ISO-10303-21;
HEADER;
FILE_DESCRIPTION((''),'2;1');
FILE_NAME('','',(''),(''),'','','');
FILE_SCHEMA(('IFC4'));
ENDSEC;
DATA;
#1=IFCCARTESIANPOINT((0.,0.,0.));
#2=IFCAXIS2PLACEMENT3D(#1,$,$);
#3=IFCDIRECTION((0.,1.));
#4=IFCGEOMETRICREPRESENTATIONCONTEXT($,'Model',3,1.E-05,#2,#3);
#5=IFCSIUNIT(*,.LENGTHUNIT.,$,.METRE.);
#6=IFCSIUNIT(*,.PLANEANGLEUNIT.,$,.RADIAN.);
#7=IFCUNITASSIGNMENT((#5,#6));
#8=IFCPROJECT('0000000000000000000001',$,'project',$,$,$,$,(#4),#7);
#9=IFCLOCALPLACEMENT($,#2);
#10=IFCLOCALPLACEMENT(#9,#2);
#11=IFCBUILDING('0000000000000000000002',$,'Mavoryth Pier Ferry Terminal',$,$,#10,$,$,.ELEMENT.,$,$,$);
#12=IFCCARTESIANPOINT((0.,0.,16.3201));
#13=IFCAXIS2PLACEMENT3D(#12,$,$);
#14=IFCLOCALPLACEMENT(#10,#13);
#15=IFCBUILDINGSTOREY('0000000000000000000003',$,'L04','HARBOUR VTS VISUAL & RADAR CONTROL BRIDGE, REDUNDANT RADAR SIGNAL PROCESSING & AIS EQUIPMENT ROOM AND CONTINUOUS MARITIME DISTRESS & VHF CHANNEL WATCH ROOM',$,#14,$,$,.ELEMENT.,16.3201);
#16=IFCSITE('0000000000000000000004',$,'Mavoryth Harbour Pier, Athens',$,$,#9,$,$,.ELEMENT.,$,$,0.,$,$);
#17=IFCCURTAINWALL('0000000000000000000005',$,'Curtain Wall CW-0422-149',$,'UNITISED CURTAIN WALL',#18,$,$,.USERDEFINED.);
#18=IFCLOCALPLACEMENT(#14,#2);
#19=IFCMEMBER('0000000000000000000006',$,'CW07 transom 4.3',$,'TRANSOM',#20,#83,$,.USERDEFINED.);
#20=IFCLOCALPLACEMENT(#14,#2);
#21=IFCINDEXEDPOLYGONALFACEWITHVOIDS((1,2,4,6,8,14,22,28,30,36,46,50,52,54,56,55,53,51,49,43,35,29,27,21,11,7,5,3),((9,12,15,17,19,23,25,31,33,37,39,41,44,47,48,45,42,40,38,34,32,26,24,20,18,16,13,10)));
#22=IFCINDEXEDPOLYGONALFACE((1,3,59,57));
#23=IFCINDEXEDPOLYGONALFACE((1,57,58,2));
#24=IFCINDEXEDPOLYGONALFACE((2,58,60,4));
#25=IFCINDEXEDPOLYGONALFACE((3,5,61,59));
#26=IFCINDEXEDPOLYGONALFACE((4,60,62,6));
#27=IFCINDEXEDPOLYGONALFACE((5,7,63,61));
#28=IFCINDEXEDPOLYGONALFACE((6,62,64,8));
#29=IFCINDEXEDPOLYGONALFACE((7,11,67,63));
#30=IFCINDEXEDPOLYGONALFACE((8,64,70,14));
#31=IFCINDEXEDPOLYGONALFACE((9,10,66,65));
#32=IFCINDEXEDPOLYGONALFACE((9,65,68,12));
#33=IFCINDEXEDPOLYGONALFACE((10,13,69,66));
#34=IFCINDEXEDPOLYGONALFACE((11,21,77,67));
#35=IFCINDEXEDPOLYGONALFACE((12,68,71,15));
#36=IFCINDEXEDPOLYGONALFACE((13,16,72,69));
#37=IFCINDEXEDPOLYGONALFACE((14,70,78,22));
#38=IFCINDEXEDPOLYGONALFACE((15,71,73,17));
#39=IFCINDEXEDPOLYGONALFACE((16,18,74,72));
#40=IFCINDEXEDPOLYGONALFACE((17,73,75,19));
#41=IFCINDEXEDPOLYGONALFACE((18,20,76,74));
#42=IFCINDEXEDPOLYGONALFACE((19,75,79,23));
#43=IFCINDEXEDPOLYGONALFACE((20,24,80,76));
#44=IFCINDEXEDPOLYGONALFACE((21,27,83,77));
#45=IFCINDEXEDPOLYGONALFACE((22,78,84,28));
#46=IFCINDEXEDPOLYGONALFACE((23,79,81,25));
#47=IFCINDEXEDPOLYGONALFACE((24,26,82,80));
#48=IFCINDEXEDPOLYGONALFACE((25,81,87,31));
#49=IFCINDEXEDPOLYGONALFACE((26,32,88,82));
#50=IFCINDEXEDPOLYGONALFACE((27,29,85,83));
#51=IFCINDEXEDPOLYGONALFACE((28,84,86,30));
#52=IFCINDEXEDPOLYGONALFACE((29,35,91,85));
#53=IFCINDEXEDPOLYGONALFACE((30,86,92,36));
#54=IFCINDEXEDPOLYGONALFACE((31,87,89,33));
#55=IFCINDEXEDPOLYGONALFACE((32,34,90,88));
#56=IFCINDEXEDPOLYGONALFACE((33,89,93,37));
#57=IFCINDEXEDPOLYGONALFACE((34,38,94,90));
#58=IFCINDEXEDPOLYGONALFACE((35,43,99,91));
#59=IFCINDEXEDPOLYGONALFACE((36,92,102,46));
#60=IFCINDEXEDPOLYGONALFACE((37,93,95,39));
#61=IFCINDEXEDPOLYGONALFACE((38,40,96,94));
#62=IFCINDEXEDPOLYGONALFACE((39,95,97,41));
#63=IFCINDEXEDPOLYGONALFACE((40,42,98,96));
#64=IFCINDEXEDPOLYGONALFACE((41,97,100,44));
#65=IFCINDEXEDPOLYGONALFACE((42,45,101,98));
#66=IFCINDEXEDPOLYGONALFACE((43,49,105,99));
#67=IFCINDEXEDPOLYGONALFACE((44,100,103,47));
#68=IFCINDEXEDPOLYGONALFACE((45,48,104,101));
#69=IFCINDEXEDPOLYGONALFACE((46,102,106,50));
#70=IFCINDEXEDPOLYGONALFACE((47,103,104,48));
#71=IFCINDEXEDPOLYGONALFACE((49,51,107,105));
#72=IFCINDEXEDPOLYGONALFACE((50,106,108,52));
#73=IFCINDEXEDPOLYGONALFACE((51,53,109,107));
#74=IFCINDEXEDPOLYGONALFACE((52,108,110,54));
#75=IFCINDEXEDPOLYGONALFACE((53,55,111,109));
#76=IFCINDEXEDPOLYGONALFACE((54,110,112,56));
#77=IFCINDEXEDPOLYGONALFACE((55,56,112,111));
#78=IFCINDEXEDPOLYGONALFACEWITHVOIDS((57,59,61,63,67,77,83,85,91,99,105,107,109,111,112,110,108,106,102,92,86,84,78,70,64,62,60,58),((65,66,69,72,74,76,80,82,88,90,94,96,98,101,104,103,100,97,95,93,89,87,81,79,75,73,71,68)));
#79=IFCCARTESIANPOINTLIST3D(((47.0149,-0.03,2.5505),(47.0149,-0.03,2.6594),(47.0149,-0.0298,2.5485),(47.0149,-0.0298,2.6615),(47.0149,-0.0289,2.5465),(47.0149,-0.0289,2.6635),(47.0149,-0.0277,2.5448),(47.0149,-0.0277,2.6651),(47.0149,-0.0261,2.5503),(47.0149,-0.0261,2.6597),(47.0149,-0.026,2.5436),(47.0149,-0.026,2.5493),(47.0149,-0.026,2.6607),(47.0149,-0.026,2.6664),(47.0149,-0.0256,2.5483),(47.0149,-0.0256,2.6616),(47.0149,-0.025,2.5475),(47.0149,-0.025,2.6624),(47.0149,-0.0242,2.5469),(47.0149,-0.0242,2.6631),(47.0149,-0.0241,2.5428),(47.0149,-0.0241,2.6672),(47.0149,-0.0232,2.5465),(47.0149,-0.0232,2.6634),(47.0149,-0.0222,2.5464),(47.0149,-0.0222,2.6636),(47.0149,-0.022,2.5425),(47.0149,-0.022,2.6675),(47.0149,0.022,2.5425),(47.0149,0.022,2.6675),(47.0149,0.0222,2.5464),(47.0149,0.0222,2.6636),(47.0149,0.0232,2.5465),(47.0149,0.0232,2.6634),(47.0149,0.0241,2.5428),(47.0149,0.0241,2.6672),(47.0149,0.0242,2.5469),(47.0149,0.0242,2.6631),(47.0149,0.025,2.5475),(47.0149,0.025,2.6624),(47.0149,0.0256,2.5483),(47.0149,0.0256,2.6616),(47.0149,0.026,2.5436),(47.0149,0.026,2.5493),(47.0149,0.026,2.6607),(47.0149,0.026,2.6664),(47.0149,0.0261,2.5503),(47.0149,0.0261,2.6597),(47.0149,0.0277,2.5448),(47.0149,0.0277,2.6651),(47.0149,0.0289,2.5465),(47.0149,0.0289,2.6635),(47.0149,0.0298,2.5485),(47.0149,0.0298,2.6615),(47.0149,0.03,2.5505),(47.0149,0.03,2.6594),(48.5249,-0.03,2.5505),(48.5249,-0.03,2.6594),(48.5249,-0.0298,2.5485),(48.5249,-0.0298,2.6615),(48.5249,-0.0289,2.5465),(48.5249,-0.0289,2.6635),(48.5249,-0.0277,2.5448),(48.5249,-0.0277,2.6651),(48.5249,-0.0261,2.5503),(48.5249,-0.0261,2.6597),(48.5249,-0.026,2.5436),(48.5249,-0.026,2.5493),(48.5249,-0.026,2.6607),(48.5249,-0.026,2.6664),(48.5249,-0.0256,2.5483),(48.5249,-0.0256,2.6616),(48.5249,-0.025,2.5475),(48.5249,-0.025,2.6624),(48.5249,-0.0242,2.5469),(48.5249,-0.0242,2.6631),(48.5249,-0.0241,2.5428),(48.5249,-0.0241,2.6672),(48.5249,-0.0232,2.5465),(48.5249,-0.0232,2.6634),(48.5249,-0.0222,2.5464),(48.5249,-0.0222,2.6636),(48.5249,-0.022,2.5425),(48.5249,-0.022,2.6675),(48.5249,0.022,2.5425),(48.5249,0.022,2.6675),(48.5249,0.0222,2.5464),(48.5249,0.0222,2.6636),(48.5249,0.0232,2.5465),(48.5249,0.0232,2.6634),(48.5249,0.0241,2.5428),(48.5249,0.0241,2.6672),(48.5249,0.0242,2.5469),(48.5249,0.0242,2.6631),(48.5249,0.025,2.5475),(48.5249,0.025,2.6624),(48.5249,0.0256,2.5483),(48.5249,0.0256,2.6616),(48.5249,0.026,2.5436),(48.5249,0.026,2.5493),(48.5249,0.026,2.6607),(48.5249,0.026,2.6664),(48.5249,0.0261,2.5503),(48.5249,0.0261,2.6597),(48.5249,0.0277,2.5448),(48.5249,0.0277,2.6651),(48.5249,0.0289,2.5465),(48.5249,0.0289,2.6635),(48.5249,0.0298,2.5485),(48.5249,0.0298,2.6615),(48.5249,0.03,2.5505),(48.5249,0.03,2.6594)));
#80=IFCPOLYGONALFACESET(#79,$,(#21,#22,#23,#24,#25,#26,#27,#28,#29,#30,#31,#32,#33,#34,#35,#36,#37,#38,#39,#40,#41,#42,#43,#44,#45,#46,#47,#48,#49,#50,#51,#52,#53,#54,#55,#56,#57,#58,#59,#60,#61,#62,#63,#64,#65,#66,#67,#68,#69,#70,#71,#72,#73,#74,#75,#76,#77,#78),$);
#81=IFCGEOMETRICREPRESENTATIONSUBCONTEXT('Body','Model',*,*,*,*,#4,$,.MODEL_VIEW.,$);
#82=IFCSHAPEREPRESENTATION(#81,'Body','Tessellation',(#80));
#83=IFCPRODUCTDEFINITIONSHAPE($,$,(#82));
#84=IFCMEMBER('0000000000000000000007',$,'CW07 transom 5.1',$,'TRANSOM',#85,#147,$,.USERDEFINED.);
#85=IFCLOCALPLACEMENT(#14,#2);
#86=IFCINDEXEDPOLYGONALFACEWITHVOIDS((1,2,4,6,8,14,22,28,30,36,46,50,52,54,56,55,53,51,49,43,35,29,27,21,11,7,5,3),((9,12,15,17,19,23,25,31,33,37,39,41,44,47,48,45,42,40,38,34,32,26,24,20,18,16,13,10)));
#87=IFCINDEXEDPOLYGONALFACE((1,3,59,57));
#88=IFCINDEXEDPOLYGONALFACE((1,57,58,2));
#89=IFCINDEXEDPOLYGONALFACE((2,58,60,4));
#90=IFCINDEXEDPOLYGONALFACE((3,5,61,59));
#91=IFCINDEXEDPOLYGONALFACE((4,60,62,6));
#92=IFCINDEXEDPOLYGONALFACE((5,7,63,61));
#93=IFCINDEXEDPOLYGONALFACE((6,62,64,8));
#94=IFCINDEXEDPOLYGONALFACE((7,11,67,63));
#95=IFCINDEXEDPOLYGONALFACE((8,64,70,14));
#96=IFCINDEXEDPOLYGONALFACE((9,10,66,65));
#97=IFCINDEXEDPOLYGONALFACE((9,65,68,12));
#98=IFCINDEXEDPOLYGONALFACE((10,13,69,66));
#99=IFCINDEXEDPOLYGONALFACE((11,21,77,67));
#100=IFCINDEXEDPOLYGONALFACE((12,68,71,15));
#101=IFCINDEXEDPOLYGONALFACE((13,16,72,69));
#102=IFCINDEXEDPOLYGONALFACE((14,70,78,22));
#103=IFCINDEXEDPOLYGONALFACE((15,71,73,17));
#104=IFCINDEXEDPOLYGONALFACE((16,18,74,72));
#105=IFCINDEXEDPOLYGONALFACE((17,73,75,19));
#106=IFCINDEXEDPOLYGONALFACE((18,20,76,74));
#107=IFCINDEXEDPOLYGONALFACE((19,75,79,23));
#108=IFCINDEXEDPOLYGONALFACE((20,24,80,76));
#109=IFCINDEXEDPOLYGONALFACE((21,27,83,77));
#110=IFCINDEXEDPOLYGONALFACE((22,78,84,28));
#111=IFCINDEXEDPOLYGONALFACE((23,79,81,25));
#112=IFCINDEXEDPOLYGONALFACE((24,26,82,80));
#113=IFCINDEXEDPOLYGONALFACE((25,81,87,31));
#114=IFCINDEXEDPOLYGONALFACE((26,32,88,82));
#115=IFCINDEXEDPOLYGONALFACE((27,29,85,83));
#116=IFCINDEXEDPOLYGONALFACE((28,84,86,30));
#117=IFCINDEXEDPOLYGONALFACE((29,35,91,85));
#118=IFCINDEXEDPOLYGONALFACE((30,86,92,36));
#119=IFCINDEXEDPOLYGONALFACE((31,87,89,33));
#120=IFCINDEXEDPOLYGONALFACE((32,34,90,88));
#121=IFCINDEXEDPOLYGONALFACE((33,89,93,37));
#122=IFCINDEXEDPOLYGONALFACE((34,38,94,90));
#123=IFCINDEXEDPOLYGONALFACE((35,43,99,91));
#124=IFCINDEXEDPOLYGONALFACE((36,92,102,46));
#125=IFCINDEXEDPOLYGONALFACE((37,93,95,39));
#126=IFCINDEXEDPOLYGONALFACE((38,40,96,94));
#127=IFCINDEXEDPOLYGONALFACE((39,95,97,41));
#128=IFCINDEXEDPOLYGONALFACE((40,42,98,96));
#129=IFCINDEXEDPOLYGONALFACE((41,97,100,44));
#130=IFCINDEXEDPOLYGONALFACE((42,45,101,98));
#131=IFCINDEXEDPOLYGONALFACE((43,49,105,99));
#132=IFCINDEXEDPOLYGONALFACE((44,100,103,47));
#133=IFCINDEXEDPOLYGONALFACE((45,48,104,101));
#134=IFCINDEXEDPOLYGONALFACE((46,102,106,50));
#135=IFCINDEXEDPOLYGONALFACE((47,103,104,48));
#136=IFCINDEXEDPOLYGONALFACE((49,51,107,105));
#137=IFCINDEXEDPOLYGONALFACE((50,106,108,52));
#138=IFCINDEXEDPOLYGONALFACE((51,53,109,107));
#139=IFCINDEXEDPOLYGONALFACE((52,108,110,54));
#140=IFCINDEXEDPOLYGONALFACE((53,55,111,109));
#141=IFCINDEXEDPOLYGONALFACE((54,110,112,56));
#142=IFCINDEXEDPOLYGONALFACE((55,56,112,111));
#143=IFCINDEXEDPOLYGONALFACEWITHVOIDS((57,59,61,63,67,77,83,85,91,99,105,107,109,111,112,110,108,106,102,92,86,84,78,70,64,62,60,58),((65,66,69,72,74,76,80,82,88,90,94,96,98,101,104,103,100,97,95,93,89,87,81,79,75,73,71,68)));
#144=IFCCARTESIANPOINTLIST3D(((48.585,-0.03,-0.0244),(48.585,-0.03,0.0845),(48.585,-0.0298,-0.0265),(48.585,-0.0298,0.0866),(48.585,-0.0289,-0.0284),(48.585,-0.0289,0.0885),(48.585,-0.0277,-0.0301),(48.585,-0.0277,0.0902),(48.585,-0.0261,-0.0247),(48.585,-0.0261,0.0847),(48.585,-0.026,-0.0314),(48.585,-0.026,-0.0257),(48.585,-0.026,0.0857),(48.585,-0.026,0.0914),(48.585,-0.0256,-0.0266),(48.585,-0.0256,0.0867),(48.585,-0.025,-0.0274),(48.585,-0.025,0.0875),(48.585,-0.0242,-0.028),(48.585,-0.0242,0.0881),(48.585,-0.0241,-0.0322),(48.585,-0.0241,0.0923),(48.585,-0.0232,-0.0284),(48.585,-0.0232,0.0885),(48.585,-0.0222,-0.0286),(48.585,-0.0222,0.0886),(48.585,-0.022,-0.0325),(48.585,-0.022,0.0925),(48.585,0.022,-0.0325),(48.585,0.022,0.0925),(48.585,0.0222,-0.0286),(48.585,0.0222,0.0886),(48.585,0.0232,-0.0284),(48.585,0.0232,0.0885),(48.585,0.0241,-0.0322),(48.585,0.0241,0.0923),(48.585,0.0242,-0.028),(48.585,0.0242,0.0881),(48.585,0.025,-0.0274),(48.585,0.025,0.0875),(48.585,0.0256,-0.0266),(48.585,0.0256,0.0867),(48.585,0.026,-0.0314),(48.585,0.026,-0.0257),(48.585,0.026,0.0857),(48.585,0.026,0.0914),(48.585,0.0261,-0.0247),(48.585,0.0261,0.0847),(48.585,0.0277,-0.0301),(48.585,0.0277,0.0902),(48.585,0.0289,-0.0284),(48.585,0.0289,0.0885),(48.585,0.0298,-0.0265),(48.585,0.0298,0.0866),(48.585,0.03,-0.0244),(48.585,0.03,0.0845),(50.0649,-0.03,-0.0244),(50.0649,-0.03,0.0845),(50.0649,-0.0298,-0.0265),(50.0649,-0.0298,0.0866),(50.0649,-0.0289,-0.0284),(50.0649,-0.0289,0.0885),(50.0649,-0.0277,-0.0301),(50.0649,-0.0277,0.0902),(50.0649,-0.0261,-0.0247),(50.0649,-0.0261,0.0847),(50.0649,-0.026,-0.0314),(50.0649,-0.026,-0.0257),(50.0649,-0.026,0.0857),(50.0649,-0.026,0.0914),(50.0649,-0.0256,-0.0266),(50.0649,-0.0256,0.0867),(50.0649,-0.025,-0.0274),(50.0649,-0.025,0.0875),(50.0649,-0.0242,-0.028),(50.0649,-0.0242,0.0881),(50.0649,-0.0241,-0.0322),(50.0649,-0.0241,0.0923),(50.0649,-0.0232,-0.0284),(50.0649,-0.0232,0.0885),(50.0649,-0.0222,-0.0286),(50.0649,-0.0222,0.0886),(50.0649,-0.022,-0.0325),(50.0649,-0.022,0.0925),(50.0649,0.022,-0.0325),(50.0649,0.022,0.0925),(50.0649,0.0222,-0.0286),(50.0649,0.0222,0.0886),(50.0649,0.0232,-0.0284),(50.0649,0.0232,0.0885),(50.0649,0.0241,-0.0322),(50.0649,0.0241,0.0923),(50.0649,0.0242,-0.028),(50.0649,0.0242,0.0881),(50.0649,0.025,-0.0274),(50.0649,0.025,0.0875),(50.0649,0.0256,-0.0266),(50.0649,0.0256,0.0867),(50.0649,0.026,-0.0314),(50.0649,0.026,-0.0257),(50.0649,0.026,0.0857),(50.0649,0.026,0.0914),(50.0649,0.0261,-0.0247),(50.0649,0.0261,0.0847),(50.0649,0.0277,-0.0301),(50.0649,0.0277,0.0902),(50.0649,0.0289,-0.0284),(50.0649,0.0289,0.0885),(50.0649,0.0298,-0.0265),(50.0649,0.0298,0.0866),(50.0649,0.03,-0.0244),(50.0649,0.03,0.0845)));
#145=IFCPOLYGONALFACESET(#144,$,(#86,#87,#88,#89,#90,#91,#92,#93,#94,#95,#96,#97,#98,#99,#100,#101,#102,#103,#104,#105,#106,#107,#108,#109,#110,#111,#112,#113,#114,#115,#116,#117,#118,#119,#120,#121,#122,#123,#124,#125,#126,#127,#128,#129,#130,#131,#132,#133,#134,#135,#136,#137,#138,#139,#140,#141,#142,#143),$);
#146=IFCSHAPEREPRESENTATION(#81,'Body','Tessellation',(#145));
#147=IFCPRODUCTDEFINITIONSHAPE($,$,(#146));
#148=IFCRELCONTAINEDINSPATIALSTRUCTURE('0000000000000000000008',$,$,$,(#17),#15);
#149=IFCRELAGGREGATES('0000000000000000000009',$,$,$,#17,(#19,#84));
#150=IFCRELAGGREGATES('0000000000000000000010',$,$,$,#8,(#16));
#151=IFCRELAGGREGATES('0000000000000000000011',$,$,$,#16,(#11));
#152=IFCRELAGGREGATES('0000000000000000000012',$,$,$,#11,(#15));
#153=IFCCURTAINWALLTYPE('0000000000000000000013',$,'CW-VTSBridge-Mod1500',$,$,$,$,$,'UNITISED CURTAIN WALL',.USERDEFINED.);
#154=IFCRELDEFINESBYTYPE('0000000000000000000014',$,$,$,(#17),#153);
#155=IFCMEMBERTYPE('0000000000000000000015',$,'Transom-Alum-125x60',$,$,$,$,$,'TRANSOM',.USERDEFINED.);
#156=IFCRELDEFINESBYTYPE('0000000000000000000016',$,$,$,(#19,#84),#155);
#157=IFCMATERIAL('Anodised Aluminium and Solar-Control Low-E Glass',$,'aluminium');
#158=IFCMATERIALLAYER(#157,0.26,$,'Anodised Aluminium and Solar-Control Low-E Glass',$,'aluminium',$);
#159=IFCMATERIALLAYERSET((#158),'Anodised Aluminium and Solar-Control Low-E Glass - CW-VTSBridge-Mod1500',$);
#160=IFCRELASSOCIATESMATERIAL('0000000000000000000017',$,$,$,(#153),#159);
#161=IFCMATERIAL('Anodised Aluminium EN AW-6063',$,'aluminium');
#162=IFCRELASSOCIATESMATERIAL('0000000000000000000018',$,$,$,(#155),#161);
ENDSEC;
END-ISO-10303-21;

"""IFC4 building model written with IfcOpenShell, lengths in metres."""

from ifc_helpers import new_model, si_unit, direction, frame, origin, origin_2d, place, context, subcontext, project, spatial, hollow_rectangle, extrude, material, layer, layer_set, material_profile, profile_set, type_object, element, aggregate, save


model = new_model("IFC4")

# Units and contexts
model_context = context("Model", 3, precision=1e-05, world=origin(), true_north=direction((0.0, 1.0)))
body_context = subcontext(model_context, "Body", "Model", "MODEL_VIEW")
ifc_project = project(units=[si_unit("LENGTHUNIT", "METRE"), si_unit("PLANEANGLEUNIT", "RADIAN")], contexts=[model_context])

# Site, building, storey
site_placement = place(None, origin())
site = spatial("IfcSite", under=ifc_project, at=site_placement, Name="Mavoryth Harbour Pier, Athens", CompositionType="ELEMENT", RefElevation=0.0)
building_placement = place(site_placement, origin())
building = spatial("IfcBuilding", under=site, at=building_placement, Name="Mavoryth Pier Ferry Terminal", CompositionType="ELEMENT")
storey_placement = place(building_placement, frame((0.0, 0.0, 16.3201)))
storey = spatial("IfcBuildingStorey", under=building, at=storey_placement, Name="L04", Description="HARBOUR VTS VISUAL & RADAR CONTROL BRIDGE, REDUNDANT RADAR SIGNAL PROCESSING & AIS EQUIPMENT ROOM AND CONTINUOUS MARITIME DISTRESS & VHF CHANNEL WATCH ROOM", CompositionType="ELEMENT", Elevation=16.3201)

# Curtain wall, members
ifc_material_1 = material(Name="Anodised Aluminium and Solar-Control Low-E Glass", Category="aluminium")
ifc_layer_1 = layer(ifc_material_1, 0.26, Name="Anodised Aluminium and Solar-Control Low-E Glass", Category="aluminium")
ifc_layer_set_1 = layer_set([ifc_layer_1], Name="Anodised Aluminium and Solar-Control Low-E Glass - CW-VTSBridge-Mod1500")
curtain_wall_type = type_object("IfcCurtainWallType", Name="CW-VTSBridge-Mod1500", ElementType="UNITISED CURTAIN WALL", PredefinedType="USERDEFINED", material=ifc_layer_set_1)
curtain_wall_placement = place(storey_placement, origin())
curtain_wall = element("IfcCurtainWall", 1, at=curtain_wall_placement, inside=storey, type_object=curtain_wall_type, Name="Curtain Wall CW-0422-149", ObjectType="UNITISED CURTAIN WALL", PredefinedType="USERDEFINED")
ifc_material_2 = material(Name="Anodised Aluminium EN AW-6063", Category="aluminium")
ifc_material_profile_1 = material_profile(ifc_material_2, hollow_rectangle(XDim=0.0601, YDim=0.125, WallThickness=0.0039, InnerFilletRadius=0.0039, OuterFilletRadius=0.0081, at=origin_2d()), Name="AL-TRAN 125x60x4", Category="aluminium")
ifc_profile_set_1 = profile_set([ifc_material_profile_1], Name="Anodised Aluminium EN AW-6063 - AL-TRAN 125x60x4")
member_type_1 = type_object("IfcMemberType", Name="Transom-Alum-125x60", ElementType="TRANSOM", PredefinedType="USERDEFINED", material=ifc_profile_set_1)
member_1_placement = place(storey_placement, frame((47.0149, 0.0, 2.605), z_axis=(1.0, 0.0, 0.0), x_axis=(0.0, 1.0, 0.0)))
member_1 = element("IfcMember", 2, at=member_1_placement, type_object=member_type_1, Name="CW07 transom 4.3", ObjectType="TRANSOM", PredefinedType="USERDEFINED", context=body_context, shape_type="SweptSolid", body=[
    extrude(hollow_rectangle(XDim=0.0601, YDim=0.125, WallThickness=0.0039, InnerFilletRadius=0.0039, OuterFilletRadius=0.0081, at=origin_2d()), origin(), (0.0, 0.0, 1.0), 1.51),
])
member_2_placement = place(storey_placement, frame((48.585, 0.0, 0.03), z_axis=(1.0, 0.0, 0.0), x_axis=(0.0, 1.0, 0.0)))
member_2 = element("IfcMember", 3, at=member_2_placement, type_object=member_type_1, Name="CW07 transom 5.1", ObjectType="TRANSOM", PredefinedType="USERDEFINED", context=body_context, shape_type="SweptSolid", body=[
    extrude(hollow_rectangle(XDim=0.0601, YDim=0.125, WallThickness=0.0039, InnerFilletRadius=0.0039, OuterFilletRadius=0.0081, at=origin_2d()), origin(), (0.0, 0.0, 1.0), 1.48),
])
aggregate(curtain_wall, [member_1, member_2])

save(model, "model.ifc")
